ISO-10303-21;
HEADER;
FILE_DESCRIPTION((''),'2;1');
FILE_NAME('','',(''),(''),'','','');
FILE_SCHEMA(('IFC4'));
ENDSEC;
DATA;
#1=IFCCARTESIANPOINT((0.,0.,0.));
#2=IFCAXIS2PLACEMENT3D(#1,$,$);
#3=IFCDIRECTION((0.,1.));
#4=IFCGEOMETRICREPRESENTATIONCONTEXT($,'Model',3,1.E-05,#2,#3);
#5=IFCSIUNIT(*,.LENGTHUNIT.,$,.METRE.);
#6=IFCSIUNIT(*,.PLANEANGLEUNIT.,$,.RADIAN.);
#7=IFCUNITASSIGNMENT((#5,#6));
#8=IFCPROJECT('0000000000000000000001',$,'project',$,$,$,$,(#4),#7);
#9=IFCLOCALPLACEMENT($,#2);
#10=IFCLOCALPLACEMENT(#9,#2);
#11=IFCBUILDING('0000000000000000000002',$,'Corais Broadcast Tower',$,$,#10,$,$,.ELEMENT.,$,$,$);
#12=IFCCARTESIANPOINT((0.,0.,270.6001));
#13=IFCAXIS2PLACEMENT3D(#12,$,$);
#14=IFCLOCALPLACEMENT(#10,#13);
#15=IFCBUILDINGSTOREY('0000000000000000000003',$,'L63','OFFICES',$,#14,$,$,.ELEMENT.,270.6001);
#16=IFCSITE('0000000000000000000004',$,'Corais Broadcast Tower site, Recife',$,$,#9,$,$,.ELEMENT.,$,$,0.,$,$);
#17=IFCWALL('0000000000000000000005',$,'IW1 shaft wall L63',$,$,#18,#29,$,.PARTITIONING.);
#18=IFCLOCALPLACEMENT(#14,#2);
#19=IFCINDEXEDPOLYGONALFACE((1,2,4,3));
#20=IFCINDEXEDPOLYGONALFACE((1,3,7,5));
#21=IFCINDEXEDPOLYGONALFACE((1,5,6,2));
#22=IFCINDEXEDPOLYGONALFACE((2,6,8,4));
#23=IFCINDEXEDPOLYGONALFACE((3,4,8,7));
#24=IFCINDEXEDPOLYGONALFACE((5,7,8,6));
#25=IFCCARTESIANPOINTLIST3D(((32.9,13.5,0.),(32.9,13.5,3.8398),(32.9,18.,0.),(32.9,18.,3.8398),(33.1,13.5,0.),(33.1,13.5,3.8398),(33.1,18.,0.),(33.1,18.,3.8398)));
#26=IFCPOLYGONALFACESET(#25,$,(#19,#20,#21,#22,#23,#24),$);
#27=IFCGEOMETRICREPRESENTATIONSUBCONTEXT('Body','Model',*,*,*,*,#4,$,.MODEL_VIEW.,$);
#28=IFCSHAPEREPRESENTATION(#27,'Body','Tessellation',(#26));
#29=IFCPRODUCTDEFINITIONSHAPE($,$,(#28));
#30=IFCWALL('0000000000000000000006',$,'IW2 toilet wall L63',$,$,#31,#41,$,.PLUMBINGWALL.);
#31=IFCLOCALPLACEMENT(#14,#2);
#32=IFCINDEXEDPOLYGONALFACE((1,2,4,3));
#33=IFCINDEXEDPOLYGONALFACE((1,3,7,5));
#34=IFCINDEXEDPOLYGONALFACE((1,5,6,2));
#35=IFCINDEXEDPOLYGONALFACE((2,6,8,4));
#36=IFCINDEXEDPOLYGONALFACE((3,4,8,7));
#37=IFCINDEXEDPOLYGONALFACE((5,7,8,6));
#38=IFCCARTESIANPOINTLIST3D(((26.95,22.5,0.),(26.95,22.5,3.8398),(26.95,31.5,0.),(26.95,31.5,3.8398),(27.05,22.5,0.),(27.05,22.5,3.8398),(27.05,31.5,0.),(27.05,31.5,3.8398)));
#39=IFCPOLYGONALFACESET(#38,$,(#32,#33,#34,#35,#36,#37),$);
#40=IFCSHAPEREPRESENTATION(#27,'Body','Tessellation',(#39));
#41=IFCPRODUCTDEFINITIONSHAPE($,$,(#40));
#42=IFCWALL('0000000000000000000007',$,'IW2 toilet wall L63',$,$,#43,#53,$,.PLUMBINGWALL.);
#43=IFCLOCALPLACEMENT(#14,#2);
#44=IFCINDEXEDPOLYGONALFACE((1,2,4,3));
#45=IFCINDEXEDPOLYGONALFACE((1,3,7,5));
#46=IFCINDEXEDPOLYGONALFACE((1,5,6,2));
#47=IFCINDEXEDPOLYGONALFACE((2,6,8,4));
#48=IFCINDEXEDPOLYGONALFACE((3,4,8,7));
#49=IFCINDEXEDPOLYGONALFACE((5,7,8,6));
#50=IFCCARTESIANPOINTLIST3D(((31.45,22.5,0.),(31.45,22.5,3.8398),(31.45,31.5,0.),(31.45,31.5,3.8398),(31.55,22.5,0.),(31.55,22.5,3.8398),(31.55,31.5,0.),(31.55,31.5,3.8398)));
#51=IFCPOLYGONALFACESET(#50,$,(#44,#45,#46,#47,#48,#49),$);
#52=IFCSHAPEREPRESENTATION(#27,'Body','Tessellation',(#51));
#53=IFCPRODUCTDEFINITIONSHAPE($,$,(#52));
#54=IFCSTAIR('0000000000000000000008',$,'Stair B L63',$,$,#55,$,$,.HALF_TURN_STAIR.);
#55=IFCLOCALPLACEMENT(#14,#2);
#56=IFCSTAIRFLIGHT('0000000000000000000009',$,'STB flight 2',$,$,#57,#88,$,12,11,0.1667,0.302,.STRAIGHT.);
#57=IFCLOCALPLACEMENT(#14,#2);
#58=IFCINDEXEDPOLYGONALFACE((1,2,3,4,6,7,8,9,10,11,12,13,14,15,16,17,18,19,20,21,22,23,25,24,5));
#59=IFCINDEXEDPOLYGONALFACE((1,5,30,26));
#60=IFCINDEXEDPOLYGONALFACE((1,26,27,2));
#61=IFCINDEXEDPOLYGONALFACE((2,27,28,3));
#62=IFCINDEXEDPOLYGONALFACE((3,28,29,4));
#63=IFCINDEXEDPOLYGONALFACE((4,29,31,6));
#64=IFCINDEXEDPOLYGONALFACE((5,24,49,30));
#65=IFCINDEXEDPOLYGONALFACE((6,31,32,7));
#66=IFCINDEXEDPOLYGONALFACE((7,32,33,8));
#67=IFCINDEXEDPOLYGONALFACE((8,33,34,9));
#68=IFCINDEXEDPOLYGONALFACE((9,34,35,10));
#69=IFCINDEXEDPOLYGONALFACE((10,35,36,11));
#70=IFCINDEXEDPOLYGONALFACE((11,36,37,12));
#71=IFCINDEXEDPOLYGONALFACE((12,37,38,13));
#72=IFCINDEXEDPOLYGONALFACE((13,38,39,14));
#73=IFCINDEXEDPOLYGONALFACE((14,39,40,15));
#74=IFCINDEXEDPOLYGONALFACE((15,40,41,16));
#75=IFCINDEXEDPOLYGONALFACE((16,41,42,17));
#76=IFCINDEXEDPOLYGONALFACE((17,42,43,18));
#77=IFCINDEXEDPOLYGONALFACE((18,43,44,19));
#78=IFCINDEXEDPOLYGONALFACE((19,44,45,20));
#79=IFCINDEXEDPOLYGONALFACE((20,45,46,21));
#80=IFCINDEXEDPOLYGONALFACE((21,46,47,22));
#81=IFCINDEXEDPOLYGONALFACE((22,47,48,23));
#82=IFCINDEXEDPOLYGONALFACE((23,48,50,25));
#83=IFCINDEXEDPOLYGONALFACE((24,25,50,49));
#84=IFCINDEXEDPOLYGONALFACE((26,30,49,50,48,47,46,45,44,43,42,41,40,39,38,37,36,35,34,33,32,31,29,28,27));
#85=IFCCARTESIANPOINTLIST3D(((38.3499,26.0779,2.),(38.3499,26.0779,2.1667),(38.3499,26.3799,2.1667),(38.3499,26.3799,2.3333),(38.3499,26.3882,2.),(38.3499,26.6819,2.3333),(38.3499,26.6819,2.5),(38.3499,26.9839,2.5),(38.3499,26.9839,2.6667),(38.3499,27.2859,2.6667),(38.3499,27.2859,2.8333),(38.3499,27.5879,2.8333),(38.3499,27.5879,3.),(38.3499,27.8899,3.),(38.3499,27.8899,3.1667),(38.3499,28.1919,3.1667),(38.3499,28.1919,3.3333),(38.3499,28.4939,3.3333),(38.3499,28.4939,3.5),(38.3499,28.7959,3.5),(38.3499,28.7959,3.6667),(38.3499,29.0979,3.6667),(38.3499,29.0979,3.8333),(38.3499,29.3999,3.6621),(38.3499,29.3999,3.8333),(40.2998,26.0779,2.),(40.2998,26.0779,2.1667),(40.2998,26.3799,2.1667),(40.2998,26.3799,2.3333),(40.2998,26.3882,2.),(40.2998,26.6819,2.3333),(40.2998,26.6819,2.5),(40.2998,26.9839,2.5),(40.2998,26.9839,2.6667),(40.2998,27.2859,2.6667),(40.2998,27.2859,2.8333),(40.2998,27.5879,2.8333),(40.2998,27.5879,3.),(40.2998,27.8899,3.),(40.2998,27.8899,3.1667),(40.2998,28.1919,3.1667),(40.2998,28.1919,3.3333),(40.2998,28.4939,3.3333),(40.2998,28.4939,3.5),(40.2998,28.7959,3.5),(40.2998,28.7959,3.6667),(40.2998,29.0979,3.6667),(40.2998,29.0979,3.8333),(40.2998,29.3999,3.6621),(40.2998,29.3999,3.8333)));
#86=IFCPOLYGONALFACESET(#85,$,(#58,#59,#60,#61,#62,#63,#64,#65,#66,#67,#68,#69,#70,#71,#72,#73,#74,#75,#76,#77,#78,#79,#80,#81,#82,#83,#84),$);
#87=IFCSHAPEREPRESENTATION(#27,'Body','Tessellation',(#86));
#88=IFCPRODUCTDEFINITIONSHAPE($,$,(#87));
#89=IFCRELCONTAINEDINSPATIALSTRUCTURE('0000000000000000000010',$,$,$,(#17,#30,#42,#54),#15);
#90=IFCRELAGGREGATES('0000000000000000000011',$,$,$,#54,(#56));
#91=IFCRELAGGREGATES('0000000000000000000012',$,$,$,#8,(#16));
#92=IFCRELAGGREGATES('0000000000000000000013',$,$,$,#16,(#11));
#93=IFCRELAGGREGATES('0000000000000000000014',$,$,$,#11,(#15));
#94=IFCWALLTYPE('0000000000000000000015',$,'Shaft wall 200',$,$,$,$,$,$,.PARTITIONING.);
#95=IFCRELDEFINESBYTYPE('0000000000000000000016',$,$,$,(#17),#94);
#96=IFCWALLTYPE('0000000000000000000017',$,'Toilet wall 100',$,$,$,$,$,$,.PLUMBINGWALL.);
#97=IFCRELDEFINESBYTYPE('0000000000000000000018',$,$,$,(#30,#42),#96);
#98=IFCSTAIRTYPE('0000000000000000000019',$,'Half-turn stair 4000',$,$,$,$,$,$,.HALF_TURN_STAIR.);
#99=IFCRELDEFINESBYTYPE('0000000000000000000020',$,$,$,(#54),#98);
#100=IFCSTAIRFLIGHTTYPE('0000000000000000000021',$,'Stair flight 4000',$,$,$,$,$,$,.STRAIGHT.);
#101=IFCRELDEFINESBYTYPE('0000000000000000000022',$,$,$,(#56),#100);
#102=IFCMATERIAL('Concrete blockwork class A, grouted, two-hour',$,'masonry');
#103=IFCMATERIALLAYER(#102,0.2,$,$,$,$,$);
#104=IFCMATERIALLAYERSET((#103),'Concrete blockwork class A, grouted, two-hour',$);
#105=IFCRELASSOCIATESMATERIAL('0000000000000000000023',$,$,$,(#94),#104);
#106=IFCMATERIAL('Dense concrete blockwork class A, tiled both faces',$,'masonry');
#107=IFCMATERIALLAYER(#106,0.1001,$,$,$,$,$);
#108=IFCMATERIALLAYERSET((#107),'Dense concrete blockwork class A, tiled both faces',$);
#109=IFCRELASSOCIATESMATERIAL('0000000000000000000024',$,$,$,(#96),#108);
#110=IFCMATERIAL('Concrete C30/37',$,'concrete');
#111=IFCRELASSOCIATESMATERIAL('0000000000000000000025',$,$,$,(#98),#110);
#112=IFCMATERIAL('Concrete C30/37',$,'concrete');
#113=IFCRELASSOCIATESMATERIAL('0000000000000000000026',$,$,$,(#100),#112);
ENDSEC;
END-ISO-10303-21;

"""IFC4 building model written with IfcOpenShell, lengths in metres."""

from ifc_helpers import new_model, si_unit, direction, frame, frame_2d, origin, place, context, subcontext, project, spatial, polyline, rectangle, outline, extrude, material, layer, layer_set, type_object, element, aggregate, save


model = new_model("IFC4")

# Units and contexts
model_context = context("Model", 3, precision=1e-05, world=origin(), true_north=direction((0.0, 1.0)))
body_context = subcontext(model_context, "Body", "Model", "MODEL_VIEW")
ifc_project = project(units=[si_unit("LENGTHUNIT", "METRE"), si_unit("PLANEANGLEUNIT", "RADIAN")], contexts=[model_context])

# Site, building, storey
site_placement = place(None, origin())
site = spatial("IfcSite", under=ifc_project, at=site_placement, Name="Corais Broadcast Tower site, Recife", CompositionType="ELEMENT", RefElevation=0.0)
building_placement = place(site_placement, origin())
building = spatial("IfcBuilding", under=site, at=building_placement, Name="Corais Broadcast Tower", CompositionType="ELEMENT")
storey_placement = place(building_placement, frame((0.0, 0.0, 270.6001)))
storey = spatial("IfcBuildingStorey", under=building, at=storey_placement, Name="L63", Description="OFFICES", CompositionType="ELEMENT", Elevation=270.6001)

# Walls
ifc_material_1 = material(Name="Concrete blockwork class A, grouted, two-hour", Category="masonry")
ifc_layer_1 = layer(ifc_material_1, 0.2)
ifc_layer_set_1 = layer_set([ifc_layer_1], Name="Concrete blockwork class A, grouted, two-hour")
wall_type_1 = type_object("IfcWallType", Name="Shaft wall 200", PredefinedType="PARTITIONING", material=ifc_layer_set_1)
for number, where, z_axis, x_axis, name in (
    (1, (33.0, 13.5, 0.0), (0.0, 0.0, 1.0), (0.0, 1.0, 0.0), "IW1 shaft wall L63"),
):
    element("IfcWall", number, at=place(storey_placement, frame(where, z_axis=z_axis, x_axis=x_axis)), inside=storey, type_object=wall_type_1, Name=name, PredefinedType="PARTITIONING", context=body_context, shape_type="SweptSolid", body=[
        extrude(rectangle(XDim=4.5, YDim=0.2, at=frame_2d((2.25, 0.0))), origin(), (0.0, 0.0, 1.0), 3.8398),
    ])
ifc_material_2 = material(Name="Dense concrete blockwork class A, tiled both faces", Category="masonry")
ifc_layer_2 = layer(ifc_material_2, 0.1001)
ifc_layer_set_2 = layer_set([ifc_layer_2], Name="Dense concrete blockwork class A, tiled both faces")
wall_type_2 = type_object("IfcWallType", Name="Toilet wall 100", PredefinedType="PLUMBINGWALL", material=ifc_layer_set_2)
for number, where, z_axis, x_axis, name in (
    (2, (27.0, 22.5, 0.0), (0.0, 0.0, 1.0), (0.0, 1.0, 0.0), "IW2 toilet wall L63"),
    (3, (31.5, 22.5, 0.0), (0.0, 0.0, 1.0), (0.0, 1.0, 0.0), "IW2 toilet wall L63"),
):
    element("IfcWall", number, at=place(storey_placement, frame(where, z_axis=z_axis, x_axis=x_axis)), inside=storey, type_object=wall_type_2, Name=name, PredefinedType="PLUMBINGWALL", context=body_context, shape_type="SweptSolid", body=[
        extrude(rectangle(XDim=9.0, YDim=0.1001, at=frame_2d((4.5, 0.0))), origin(), (0.0, 0.0, 1.0), 3.8398),
    ])

# Stair, stair flight
ifc_material_3 = material(Name="Concrete C30/37", Category="concrete")
stair_type = type_object("IfcStairType", Name="Half-turn stair 4000", PredefinedType="HALF_TURN_STAIR", material=ifc_material_3)
stair_placement = place(storey_placement, origin())
stair = element("IfcStair", 4, at=stair_placement, inside=storey, type_object=stair_type, Name="Stair B L63", PredefinedType="HALF_TURN_STAIR")
ifc_material_4 = material(Name="Concrete C30/37", Category="concrete")
stair_flight_type = type_object("IfcStairFlightType", Name="Stair flight 4000", PredefinedType="STRAIGHT", material=ifc_material_4)
stair_flight_placement = place(storey_placement, frame((39.325, 26.0779, 2.0), z_axis=(0.0, 0.0, 1.0), x_axis=(0.0, 1.0, 0.0)))
stair_flight = element("IfcStairFlight", 5, at=stair_flight_placement, type_object=stair_flight_type, Name="STB flight 2", NumberOfRisers=12, NumberOfTreads=11, PredefinedType="STRAIGHT", RiserHeight=0.1667, TreadLength=0.302, context=body_context, shape_type="SweptSolid", body=[
    extrude(outline(polyline([(0.0, 0.0), (0.0, 0.1667), (0.302, 0.1667), (0.302, 0.3333), (0.604, 0.3333), (0.604, 0.5), (0.906, 0.5), (0.906, 0.6667), (1.208, 0.6667), (1.208, 0.8333), (1.51, 0.8333), (1.51, 1.0), (1.812, 1.0), (1.812, 1.1667), (2.114, 1.1667), (2.114, 1.3333), (2.416, 1.3333), (2.416, 1.5), (2.718, 1.5), (2.718, 1.6667), (3.02, 1.6667), (3.02, 1.8333), (3.322, 1.8333), (3.322, 2.0), (3.322, 1.6621), (0.3103, 0.0), (0.0, 0.0)])), frame((0.0, 0.9751, 0.0), z_axis=(0.0, -1.0, 0.0), x_axis=(1.0, 0.0, 0.0)), (0.0, 0.0, 1.0), 1.95),
])
aggregate(stair, [stair_flight])

save(model, "model.ifc")
